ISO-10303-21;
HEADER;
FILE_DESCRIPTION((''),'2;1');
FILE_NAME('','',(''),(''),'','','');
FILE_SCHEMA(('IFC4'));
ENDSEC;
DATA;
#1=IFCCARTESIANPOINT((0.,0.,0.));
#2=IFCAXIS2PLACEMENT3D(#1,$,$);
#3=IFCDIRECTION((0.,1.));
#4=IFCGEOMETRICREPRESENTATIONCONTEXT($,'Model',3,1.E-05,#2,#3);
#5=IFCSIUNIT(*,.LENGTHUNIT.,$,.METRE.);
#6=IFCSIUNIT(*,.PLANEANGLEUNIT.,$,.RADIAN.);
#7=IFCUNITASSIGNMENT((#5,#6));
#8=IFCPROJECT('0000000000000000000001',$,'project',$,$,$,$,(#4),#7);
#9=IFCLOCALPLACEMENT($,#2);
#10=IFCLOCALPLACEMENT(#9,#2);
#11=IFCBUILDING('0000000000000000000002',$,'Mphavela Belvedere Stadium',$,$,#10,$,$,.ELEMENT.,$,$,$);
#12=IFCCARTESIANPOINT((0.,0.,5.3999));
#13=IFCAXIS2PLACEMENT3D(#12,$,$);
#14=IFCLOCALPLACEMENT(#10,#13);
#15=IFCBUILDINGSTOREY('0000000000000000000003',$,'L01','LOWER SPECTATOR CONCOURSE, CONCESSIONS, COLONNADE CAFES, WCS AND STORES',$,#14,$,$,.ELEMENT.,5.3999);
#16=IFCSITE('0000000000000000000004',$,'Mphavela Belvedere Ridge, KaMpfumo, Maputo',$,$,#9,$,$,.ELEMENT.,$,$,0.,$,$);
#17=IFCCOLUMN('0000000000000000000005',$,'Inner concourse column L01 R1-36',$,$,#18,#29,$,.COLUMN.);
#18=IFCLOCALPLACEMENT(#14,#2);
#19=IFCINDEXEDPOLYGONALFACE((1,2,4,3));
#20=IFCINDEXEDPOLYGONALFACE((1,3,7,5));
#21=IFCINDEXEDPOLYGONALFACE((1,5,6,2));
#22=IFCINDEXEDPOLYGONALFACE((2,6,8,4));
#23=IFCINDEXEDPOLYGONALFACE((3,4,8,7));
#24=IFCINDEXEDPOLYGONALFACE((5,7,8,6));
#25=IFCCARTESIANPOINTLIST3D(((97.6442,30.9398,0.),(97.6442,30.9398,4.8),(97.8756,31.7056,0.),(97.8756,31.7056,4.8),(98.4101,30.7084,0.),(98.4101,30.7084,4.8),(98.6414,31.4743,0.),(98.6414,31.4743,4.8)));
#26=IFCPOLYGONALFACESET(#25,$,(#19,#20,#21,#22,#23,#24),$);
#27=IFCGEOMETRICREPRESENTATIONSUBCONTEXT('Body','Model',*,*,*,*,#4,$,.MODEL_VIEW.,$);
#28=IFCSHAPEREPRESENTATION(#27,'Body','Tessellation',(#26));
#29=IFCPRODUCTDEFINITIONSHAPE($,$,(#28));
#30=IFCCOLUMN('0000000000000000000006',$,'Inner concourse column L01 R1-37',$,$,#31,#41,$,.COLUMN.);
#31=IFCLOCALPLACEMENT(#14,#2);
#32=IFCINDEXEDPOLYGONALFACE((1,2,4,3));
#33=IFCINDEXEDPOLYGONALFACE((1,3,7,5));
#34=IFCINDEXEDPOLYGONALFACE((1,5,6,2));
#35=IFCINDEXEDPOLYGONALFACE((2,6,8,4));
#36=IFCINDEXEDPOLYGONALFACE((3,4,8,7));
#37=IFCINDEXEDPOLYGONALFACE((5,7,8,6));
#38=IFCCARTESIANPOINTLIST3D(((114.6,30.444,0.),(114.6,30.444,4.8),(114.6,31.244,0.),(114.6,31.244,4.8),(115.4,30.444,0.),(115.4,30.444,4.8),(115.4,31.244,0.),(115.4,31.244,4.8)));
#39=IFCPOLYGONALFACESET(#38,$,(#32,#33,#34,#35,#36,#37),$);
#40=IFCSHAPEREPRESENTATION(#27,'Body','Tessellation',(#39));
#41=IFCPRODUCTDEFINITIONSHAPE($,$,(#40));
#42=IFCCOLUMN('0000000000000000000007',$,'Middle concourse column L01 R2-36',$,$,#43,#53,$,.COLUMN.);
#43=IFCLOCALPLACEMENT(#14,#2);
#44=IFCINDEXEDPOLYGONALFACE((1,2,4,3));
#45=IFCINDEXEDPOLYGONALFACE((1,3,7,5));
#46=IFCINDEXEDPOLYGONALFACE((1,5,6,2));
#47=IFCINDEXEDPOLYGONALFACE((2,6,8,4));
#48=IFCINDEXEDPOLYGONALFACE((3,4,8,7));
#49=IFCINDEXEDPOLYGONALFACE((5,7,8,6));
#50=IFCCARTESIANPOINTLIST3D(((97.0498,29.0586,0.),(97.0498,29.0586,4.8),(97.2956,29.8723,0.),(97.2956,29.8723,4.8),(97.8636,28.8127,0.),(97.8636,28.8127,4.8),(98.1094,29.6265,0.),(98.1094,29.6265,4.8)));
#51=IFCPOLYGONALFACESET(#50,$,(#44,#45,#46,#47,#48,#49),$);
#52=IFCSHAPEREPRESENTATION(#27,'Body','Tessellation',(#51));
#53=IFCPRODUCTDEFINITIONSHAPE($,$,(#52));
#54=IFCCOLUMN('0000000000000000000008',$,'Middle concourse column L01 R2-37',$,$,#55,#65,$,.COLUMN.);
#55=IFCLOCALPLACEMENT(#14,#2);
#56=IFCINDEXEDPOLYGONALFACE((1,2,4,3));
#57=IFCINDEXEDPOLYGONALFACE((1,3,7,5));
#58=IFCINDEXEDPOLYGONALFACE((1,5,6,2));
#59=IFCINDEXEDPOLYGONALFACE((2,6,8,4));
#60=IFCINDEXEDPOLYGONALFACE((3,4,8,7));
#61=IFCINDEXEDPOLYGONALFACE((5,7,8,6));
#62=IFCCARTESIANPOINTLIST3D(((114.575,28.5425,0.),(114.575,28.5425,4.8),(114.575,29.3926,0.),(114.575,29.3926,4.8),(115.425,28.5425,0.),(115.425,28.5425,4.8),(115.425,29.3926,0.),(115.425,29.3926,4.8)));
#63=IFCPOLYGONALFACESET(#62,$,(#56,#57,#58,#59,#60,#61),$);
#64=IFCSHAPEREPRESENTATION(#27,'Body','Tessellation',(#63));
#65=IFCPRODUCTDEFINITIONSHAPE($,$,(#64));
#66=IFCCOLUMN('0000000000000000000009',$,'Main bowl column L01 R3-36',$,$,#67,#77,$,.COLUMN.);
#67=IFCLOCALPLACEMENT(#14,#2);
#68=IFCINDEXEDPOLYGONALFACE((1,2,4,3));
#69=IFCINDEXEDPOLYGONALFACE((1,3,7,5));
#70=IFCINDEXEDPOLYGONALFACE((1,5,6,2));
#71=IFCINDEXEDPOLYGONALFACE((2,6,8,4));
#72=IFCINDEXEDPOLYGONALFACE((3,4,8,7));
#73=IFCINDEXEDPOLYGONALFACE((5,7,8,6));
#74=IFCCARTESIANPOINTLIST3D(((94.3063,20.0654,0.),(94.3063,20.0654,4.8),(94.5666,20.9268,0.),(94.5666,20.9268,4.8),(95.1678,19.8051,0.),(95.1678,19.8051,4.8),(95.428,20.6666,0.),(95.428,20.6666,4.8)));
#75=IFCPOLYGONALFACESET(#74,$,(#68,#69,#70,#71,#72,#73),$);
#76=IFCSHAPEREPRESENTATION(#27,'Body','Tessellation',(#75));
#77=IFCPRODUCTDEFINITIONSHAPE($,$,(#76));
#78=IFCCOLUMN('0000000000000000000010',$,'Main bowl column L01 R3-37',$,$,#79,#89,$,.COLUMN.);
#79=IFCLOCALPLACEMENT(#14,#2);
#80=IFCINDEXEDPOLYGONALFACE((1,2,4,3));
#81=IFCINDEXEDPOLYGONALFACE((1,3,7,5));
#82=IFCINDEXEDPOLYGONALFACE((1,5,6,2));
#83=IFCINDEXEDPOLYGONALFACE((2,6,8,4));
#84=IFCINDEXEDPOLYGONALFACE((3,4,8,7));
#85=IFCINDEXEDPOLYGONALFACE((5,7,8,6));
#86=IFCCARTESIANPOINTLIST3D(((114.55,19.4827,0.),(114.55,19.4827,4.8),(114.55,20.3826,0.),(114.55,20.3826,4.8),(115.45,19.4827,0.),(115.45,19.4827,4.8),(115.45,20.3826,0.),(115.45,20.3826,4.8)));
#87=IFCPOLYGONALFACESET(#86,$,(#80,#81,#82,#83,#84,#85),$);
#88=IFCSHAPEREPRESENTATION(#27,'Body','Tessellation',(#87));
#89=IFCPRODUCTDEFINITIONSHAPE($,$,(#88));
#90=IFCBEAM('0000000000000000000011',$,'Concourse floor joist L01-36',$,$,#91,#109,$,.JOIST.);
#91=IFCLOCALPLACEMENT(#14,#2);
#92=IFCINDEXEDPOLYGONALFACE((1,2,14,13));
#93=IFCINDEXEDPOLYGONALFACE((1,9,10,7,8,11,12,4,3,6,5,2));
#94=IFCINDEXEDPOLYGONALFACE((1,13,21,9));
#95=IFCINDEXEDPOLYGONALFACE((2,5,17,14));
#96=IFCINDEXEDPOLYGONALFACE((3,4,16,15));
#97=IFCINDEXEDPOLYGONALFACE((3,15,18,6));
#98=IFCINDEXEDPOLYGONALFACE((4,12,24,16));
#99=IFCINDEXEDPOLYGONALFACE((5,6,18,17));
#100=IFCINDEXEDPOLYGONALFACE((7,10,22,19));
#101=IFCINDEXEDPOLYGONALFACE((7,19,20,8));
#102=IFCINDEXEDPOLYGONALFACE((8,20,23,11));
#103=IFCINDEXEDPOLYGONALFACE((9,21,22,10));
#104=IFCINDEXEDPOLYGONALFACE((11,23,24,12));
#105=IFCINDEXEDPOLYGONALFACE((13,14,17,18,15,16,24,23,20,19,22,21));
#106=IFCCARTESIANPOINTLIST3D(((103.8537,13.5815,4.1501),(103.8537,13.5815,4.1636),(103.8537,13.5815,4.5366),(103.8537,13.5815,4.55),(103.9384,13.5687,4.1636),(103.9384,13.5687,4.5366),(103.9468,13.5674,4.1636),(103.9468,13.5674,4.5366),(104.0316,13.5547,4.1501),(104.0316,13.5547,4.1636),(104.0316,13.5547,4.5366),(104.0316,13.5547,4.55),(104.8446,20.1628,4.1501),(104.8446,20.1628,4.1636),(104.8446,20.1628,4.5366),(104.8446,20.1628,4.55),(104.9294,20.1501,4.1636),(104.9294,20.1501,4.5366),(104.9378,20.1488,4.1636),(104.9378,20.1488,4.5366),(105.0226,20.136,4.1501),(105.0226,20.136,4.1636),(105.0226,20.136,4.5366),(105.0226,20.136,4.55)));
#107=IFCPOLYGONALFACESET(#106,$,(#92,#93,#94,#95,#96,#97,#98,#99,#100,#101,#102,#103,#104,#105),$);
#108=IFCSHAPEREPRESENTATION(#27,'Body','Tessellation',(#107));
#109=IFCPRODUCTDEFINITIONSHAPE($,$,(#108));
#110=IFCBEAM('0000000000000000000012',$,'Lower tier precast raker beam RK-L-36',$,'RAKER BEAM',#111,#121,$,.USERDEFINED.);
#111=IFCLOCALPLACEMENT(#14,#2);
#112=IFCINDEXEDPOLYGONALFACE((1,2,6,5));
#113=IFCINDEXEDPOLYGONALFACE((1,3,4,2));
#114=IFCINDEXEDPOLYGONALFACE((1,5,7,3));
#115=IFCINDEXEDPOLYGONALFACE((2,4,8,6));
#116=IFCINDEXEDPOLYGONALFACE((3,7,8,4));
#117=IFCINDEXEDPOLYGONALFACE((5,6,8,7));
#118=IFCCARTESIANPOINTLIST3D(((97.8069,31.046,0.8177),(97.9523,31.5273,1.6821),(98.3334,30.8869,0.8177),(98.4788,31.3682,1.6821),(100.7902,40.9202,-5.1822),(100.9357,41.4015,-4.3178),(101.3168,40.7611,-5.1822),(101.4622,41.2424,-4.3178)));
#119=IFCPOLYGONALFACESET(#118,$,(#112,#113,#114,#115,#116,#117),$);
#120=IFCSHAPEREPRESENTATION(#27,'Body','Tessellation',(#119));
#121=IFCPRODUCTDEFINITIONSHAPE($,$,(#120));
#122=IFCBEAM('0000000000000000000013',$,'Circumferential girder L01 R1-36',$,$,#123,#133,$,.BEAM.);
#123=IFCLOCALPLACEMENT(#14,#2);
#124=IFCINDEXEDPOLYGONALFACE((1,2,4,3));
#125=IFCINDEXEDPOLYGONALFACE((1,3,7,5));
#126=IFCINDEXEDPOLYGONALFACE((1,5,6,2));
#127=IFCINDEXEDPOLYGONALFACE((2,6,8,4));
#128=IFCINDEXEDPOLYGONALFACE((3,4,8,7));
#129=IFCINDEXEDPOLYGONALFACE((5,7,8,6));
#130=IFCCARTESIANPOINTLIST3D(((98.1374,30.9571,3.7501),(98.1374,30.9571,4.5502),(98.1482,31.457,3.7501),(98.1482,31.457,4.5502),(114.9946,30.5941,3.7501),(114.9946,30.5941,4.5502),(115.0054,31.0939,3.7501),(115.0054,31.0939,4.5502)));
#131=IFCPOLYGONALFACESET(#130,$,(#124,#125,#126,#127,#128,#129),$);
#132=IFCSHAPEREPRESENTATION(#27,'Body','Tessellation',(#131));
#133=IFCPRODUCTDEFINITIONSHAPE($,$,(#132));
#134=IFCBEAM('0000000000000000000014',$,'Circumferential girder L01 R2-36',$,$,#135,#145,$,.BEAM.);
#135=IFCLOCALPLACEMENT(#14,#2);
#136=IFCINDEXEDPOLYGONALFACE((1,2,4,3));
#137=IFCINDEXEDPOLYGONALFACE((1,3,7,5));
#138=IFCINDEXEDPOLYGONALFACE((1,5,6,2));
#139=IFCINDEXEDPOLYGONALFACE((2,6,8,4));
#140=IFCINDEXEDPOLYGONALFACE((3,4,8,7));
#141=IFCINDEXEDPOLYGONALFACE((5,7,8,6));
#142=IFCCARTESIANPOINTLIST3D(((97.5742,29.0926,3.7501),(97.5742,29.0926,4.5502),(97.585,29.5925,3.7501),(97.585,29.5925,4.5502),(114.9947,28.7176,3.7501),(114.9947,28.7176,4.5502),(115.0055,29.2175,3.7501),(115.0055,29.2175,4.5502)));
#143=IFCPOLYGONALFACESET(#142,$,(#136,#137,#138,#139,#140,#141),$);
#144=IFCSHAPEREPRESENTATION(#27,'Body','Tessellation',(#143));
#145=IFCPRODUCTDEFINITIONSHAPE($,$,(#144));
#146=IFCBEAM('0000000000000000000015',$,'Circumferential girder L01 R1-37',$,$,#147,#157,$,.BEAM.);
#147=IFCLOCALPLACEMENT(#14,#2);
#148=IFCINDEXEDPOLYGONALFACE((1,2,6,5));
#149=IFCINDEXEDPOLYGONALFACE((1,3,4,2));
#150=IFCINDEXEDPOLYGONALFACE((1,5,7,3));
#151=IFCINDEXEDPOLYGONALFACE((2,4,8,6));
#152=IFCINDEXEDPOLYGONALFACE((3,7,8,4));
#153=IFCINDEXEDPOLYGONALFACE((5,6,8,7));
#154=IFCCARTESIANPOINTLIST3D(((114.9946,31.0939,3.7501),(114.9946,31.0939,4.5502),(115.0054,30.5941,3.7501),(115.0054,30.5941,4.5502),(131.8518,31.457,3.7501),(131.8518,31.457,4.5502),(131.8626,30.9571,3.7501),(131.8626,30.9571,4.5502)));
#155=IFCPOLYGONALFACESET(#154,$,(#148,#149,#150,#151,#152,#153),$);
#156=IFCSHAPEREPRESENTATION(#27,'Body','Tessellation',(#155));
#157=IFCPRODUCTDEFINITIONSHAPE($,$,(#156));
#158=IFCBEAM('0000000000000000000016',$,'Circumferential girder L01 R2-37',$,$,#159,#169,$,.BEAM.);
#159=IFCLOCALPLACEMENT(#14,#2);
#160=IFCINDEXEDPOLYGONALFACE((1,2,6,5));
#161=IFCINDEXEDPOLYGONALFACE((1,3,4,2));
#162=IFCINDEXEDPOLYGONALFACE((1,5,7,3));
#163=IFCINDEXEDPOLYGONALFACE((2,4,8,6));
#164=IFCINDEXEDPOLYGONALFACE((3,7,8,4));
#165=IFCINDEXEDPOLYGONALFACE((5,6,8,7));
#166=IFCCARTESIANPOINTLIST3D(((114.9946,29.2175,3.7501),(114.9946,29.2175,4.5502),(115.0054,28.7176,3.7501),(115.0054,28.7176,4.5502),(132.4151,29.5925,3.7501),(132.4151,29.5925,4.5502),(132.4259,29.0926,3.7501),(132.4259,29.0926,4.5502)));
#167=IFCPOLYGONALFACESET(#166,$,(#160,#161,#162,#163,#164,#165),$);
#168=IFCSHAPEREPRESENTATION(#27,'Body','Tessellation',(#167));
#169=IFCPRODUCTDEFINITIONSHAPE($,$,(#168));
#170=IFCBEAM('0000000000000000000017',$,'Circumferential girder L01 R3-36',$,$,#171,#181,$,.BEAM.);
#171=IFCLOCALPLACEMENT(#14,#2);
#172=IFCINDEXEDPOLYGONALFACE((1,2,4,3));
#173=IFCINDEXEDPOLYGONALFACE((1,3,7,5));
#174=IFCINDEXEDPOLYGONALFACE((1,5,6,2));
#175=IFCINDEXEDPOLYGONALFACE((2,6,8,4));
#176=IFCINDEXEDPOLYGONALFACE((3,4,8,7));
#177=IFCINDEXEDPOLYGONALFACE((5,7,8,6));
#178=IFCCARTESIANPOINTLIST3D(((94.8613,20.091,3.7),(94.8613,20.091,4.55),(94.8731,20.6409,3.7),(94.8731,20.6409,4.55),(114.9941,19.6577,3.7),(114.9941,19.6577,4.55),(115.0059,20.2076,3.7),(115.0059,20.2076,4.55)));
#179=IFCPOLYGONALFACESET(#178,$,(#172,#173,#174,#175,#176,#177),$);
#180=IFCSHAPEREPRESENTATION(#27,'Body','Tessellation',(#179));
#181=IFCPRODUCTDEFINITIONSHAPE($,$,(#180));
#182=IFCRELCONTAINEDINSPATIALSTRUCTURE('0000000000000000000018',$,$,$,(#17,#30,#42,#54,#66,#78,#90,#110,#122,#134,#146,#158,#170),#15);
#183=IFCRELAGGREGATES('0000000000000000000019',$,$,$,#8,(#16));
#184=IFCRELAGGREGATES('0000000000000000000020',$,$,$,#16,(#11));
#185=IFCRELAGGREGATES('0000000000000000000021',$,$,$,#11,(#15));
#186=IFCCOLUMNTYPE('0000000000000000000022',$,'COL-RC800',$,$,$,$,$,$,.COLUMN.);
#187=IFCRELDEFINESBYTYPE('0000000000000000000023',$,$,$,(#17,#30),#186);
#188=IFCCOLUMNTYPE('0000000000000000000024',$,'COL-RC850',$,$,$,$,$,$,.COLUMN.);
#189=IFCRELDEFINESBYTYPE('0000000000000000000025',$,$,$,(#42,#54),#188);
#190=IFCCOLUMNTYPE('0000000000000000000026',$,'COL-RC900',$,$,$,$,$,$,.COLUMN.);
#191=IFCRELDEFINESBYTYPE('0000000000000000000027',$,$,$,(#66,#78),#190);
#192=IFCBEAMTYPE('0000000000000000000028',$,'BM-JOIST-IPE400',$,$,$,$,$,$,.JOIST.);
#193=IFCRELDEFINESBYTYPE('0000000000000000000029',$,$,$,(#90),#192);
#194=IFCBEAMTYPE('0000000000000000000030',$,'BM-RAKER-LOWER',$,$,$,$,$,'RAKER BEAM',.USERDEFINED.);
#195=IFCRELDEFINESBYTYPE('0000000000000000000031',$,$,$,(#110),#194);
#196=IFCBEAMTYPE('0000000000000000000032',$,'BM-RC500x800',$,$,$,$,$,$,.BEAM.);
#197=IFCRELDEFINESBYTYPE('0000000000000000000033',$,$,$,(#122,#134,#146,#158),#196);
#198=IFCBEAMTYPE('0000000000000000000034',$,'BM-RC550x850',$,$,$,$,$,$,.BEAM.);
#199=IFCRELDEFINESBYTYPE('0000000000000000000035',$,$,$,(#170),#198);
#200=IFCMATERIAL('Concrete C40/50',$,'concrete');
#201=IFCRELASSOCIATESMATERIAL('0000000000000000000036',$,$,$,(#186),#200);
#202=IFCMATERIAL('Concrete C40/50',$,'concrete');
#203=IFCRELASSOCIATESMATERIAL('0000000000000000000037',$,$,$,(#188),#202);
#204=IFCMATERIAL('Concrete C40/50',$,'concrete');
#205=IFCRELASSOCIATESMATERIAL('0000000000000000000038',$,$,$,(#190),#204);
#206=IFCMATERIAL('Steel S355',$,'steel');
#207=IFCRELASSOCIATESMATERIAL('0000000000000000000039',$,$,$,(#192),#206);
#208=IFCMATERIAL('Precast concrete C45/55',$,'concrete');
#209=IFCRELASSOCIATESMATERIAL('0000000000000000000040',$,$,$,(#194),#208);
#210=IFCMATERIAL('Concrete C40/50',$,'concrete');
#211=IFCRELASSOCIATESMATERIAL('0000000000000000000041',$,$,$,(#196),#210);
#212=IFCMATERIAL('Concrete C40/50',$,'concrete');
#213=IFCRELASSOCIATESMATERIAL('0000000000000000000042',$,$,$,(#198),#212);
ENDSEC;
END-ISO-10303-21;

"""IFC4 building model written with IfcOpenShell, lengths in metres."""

from ifc_helpers import new_model, si_unit, direction, frame, origin, origin_2d, place, context, subcontext, project, spatial, rectangle, i_section, extrude, material, material_profile, profile_set, type_object, element, save


model = new_model("IFC4")

# Units and contexts
model_context = context("Model", 3, precision=1e-05, world=origin(), true_north=direction((0.0, 1.0)))
body_context = subcontext(model_context, "Body", "Model", "MODEL_VIEW")
ifc_project = project(units=[si_unit("LENGTHUNIT", "METRE"), si_unit("PLANEANGLEUNIT", "RADIAN")], contexts=[model_context])

# Site, building, storey
site_placement = place(None, origin())
site = spatial("IfcSite", under=ifc_project, at=site_placement, Name="Mphavela Belvedere Ridge, KaMpfumo, Maputo", CompositionType="ELEMENT", RefElevation=0.0)
building_placement = place(site_placement, origin())
building = spatial("IfcBuilding", under=site, at=building_placement, Name="Mphavela Belvedere Stadium", CompositionType="ELEMENT")
storey_placement = place(building_placement, frame((0.0, 0.0, 5.3999)))
storey = spatial("IfcBuildingStorey", under=building, at=storey_placement, Name="L01", Description="LOWER SPECTATOR CONCOURSE, CONCESSIONS, COLONNADE CAFES, WCS AND STORES", CompositionType="ELEMENT", Elevation=5.3999)

# Columns
ifc_material_1 = material(Name="Concrete C40/50", Category="concrete")
ifc_material_profile_1 = material_profile(ifc_material_1, rectangle(XDim=0.8, YDim=0.8, at=origin_2d()), Name="RC 800x800")
ifc_profile_set_1 = profile_set([ifc_material_profile_1], Name="Concrete C40/50")
column_type_1 = type_object("IfcColumnType", Name="COL-RC800", PredefinedType="COLUMN", material=ifc_profile_set_1)
for number, where, z_axis, x_axis, name in (
    (1, (98.1428, 31.207, 0.0), (0.0, 0.0, 1.0), (-0.289199, -0.957269, 0.0), "Inner concourse column L01 R1-36"),
    (2, (115.0, 30.844, 0.0), (0.0, 0.0, 1.0), (0.0, -1.0, 0.0), "Inner concourse column L01 R1-37"),
):
    element("IfcColumn", number, at=place(storey_placement, frame(where, z_axis=z_axis, x_axis=x_axis)), inside=storey, type_object=column_type_1, Name=name, PredefinedType="COLUMN", context=body_context, shape_type="SweptSolid", body=[
        extrude(rectangle(XDim=0.8, YDim=0.8, at=origin_2d()), origin(), (0.0, 0.0, 1.0), 4.8),
    ])
ifc_material_2 = material(Name="Concrete C40/50", Category="concrete")
ifc_material_profile_2 = material_profile(ifc_material_2, rectangle(XDim=0.8501, YDim=0.8501, at=origin_2d()), Name="RC 850x850")
ifc_profile_set_2 = profile_set([ifc_material_profile_2], Name="Concrete C40/50")
column_type_2 = type_object("IfcColumnType", Name="COL-RC850", PredefinedType="COLUMN", material=ifc_profile_set_2)
for number, where, z_axis, x_axis, name in (
    (3, (97.5796, 29.3425, 0.0), (0.0, 0.0, 1.0), (-0.289199, -0.957269, 0.0), "Middle concourse column L01 R2-36"),
    (4, (115.0, 28.9675, 0.0), (0.0, 0.0, 1.0), (0.0, -1.0, 0.0), "Middle concourse column L01 R2-37"),
):
    element("IfcColumn", number, at=place(storey_placement, frame(where, z_axis=z_axis, x_axis=x_axis)), inside=storey, type_object=column_type_2, Name=name, PredefinedType="COLUMN", context=body_context, shape_type="SweptSolid", body=[
        extrude(rectangle(XDim=0.8501, YDim=0.8501, at=origin_2d()), origin(), (0.0, 0.0, 1.0), 4.8),
    ])
ifc_material_3 = material(Name="Concrete C40/50", Category="concrete")
ifc_material_profile_3 = material_profile(ifc_material_3, rectangle(XDim=0.8999, YDim=0.8999, at=origin_2d()), Name="RC 900x900")
ifc_profile_set_3 = profile_set([ifc_material_profile_3], Name="Concrete C40/50")
column_type_3 = type_object("IfcColumnType", Name="COL-RC900", PredefinedType="COLUMN", material=ifc_profile_set_3)
for number, where, z_axis, x_axis, name in (
    (5, (94.8672, 20.366, 0.0), (0.0, 0.0, 1.0), (-0.289199, -0.957269, 0.0), "Main bowl column L01 R3-36"),
    (6, (115.0, 19.9326, 0.0), (0.0, 0.0, 1.0), (0.0, -1.0, 0.0), "Main bowl column L01 R3-37"),
):
    element("IfcColumn", number, at=place(storey_placement, frame(where, z_axis=z_axis, x_axis=x_axis)), inside=storey, type_object=column_type_3, Name=name, PredefinedType="COLUMN", context=body_context, shape_type="SweptSolid", body=[
        extrude(rectangle(XDim=0.8999, YDim=0.8999, at=origin_2d()), origin(), (0.0, 0.0, 1.0), 4.8),
    ])

# Beams
ifc_material_4 = material(Name="Steel S355", Category="steel")
ifc_material_profile_4 = material_profile(ifc_material_4, i_section(OverallWidth=0.1799, OverallDepth=0.3999, WebThickness=0.0085, FlangeThickness=0.0134, at=origin_2d()), Name="IPE 400")
ifc_profile_set_4 = profile_set([ifc_material_profile_4], Name="Steel S355")
beam_type_1 = type_object("IfcBeamType", Name="BM-JOIST-IPE400", PredefinedType="JOIST", material=ifc_profile_set_4)
beam_1_placement = place(storey_placement, frame((104.9336, 20.1494, 4.3501), z_axis=(-0.148895, -0.988853, 0.0), x_axis=(0.988853, -0.148895, 0.0)))
element("IfcBeam", 7, at=beam_1_placement, inside=storey, type_object=beam_type_1, Name="Concourse floor joist L01-36", PredefinedType="JOIST", context=body_context, shape_type="SweptSolid", body=[
    extrude(i_section(OverallWidth=0.1799, OverallDepth=0.3999, WebThickness=0.0085, FlangeThickness=0.0134, at=origin_2d()), origin(), (0.0, 0.0, 1.0), 6.6555),
])
ifc_material_5 = material(Name="Precast concrete C45/55", Category="concrete")
ifc_material_profile_5 = material_profile(ifc_material_5, rectangle(XDim=0.55, YDim=1.0, at=origin_2d()), Name="PC 550x1000")
ifc_profile_set_5 = profile_set([ifc_material_profile_5], Name="Precast concrete C45/55")
beam_type_2 = type_object("IfcBeamType", Name="BM-RAKER-LOWER", ElementType="RAKER BEAM", PredefinedType="USERDEFINED", material=ifc_profile_set_5)
beam_2_placement = place(storey_placement, frame((101.1262, 41.0813, -4.75), z_axis=(-0.250008, -0.82746, 0.502798), x_axis=(0.957261, -0.289226, 0.0)))
element("IfcBeam", 8, at=beam_2_placement, inside=storey, type_object=beam_type_2, Name="Lower tier precast raker beam RK-L-36", ObjectType="RAKER BEAM", PredefinedType="USERDEFINED", context=body_context, shape_type="SweptSolid", body=[
    extrude(rectangle(XDim=0.55, YDim=1.0, at=origin_2d()), origin(), (0.0, 0.0, 1.0), 11.9331),
])
ifc_material_6 = material(Name="Concrete C40/50", Category="concrete")
ifc_material_profile_6 = material_profile(ifc_material_6, rectangle(XDim=0.5, YDim=0.8, at=origin_2d()), Name="RC 500x800")
ifc_profile_set_6 = profile_set([ifc_material_profile_6], Name="Concrete C40/50")
beam_type_3 = type_object("IfcBeamType", Name="BM-RC500x800", PredefinedType="BEAM", material=ifc_profile_set_6)
beam_3_placement = place(storey_placement, frame((98.1428, 31.207, 4.1501), z_axis=(0.999768, -0.021531, 0.0), x_axis=(0.021531, 0.999768, 0.0)))
element("IfcBeam", 9, at=beam_3_placement, inside=storey, type_object=beam_type_3, Name="Circumferential girder L01 R1-36", PredefinedType="BEAM", context=body_context, shape_type="SweptSolid", body=[
    extrude(rectangle(XDim=0.5, YDim=0.8, at=origin_2d()), origin(), (0.0, 0.0, 1.0), 16.8611),
])
beam_4_placement = place(storey_placement, frame((97.5796, 29.3425, 4.1501), z_axis=(0.999768, -0.021521, 0.0), x_axis=(0.021521, 0.999768, 0.0)))
element("IfcBeam", 10, at=beam_4_placement, inside=storey, type_object=beam_type_3, Name="Circumferential girder L01 R2-36", PredefinedType="BEAM", context=body_context, shape_type="SweptSolid", body=[
    extrude(rectangle(XDim=0.5, YDim=0.8, at=origin_2d()), origin(), (0.0, 0.0, 1.0), 17.4246),
])
beam_5_placement = place(storey_placement, frame((115.0, 30.844, 4.1501), z_axis=(0.999768, 0.021531, 0.0), x_axis=(-0.021531, 0.999768, 0.0)))
element("IfcBeam", 11, at=beam_5_placement, inside=storey, type_object=beam_type_3, Name="Circumferential girder L01 R1-37", PredefinedType="BEAM", context=body_context, shape_type="SweptSolid", body=[
    extrude(rectangle(XDim=0.5, YDim=0.8, at=origin_2d()), origin(), (0.0, 0.0, 1.0), 16.8611),
])
beam_6_placement = place(storey_placement, frame((115.0, 28.9675, 4.1501), z_axis=(0.999768, 0.021521, 0.0), x_axis=(-0.021521, 0.999768, 0.0)))
element("IfcBeam", 12, at=beam_6_placement, inside=storey, type_object=beam_type_3, Name="Circumferential girder L01 R2-37", PredefinedType="BEAM", context=body_context, shape_type="SweptSolid", body=[
    extrude(rectangle(XDim=0.5, YDim=0.8, at=origin_2d()), origin(), (0.0, 0.0, 1.0), 17.4246),
])
ifc_material_7 = material(Name="Concrete C40/50", Category="concrete")
ifc_material_profile_7 = material_profile(ifc_material_7, rectangle(XDim=0.55, YDim=0.8501, at=origin_2d()), Name="RC 550x850")
ifc_profile_set_7 = profile_set([ifc_material_profile_7], Name="Concrete C40/50")
beam_type_4 = type_object("IfcBeamType", Name="BM-RC550x850", PredefinedType="BEAM", material=ifc_profile_set_7)
beam_7_placement = place(storey_placement, frame((94.8672, 20.366, 4.125), z_axis=(0.999768, -0.02152, 0.0), x_axis=(0.02152, 0.999768, 0.0)))
element("IfcBeam", 13, at=beam_7_placement, inside=storey, type_object=beam_type_4, Name="Circumferential girder L01 R3-36", PredefinedType="BEAM", context=body_context, shape_type="SweptSolid", body=[
    extrude(rectangle(XDim=0.55, YDim=0.8501, at=origin_2d()), origin(), (0.0, 0.0, 1.0), 20.1375),
])

save(model, "model.ifc")
